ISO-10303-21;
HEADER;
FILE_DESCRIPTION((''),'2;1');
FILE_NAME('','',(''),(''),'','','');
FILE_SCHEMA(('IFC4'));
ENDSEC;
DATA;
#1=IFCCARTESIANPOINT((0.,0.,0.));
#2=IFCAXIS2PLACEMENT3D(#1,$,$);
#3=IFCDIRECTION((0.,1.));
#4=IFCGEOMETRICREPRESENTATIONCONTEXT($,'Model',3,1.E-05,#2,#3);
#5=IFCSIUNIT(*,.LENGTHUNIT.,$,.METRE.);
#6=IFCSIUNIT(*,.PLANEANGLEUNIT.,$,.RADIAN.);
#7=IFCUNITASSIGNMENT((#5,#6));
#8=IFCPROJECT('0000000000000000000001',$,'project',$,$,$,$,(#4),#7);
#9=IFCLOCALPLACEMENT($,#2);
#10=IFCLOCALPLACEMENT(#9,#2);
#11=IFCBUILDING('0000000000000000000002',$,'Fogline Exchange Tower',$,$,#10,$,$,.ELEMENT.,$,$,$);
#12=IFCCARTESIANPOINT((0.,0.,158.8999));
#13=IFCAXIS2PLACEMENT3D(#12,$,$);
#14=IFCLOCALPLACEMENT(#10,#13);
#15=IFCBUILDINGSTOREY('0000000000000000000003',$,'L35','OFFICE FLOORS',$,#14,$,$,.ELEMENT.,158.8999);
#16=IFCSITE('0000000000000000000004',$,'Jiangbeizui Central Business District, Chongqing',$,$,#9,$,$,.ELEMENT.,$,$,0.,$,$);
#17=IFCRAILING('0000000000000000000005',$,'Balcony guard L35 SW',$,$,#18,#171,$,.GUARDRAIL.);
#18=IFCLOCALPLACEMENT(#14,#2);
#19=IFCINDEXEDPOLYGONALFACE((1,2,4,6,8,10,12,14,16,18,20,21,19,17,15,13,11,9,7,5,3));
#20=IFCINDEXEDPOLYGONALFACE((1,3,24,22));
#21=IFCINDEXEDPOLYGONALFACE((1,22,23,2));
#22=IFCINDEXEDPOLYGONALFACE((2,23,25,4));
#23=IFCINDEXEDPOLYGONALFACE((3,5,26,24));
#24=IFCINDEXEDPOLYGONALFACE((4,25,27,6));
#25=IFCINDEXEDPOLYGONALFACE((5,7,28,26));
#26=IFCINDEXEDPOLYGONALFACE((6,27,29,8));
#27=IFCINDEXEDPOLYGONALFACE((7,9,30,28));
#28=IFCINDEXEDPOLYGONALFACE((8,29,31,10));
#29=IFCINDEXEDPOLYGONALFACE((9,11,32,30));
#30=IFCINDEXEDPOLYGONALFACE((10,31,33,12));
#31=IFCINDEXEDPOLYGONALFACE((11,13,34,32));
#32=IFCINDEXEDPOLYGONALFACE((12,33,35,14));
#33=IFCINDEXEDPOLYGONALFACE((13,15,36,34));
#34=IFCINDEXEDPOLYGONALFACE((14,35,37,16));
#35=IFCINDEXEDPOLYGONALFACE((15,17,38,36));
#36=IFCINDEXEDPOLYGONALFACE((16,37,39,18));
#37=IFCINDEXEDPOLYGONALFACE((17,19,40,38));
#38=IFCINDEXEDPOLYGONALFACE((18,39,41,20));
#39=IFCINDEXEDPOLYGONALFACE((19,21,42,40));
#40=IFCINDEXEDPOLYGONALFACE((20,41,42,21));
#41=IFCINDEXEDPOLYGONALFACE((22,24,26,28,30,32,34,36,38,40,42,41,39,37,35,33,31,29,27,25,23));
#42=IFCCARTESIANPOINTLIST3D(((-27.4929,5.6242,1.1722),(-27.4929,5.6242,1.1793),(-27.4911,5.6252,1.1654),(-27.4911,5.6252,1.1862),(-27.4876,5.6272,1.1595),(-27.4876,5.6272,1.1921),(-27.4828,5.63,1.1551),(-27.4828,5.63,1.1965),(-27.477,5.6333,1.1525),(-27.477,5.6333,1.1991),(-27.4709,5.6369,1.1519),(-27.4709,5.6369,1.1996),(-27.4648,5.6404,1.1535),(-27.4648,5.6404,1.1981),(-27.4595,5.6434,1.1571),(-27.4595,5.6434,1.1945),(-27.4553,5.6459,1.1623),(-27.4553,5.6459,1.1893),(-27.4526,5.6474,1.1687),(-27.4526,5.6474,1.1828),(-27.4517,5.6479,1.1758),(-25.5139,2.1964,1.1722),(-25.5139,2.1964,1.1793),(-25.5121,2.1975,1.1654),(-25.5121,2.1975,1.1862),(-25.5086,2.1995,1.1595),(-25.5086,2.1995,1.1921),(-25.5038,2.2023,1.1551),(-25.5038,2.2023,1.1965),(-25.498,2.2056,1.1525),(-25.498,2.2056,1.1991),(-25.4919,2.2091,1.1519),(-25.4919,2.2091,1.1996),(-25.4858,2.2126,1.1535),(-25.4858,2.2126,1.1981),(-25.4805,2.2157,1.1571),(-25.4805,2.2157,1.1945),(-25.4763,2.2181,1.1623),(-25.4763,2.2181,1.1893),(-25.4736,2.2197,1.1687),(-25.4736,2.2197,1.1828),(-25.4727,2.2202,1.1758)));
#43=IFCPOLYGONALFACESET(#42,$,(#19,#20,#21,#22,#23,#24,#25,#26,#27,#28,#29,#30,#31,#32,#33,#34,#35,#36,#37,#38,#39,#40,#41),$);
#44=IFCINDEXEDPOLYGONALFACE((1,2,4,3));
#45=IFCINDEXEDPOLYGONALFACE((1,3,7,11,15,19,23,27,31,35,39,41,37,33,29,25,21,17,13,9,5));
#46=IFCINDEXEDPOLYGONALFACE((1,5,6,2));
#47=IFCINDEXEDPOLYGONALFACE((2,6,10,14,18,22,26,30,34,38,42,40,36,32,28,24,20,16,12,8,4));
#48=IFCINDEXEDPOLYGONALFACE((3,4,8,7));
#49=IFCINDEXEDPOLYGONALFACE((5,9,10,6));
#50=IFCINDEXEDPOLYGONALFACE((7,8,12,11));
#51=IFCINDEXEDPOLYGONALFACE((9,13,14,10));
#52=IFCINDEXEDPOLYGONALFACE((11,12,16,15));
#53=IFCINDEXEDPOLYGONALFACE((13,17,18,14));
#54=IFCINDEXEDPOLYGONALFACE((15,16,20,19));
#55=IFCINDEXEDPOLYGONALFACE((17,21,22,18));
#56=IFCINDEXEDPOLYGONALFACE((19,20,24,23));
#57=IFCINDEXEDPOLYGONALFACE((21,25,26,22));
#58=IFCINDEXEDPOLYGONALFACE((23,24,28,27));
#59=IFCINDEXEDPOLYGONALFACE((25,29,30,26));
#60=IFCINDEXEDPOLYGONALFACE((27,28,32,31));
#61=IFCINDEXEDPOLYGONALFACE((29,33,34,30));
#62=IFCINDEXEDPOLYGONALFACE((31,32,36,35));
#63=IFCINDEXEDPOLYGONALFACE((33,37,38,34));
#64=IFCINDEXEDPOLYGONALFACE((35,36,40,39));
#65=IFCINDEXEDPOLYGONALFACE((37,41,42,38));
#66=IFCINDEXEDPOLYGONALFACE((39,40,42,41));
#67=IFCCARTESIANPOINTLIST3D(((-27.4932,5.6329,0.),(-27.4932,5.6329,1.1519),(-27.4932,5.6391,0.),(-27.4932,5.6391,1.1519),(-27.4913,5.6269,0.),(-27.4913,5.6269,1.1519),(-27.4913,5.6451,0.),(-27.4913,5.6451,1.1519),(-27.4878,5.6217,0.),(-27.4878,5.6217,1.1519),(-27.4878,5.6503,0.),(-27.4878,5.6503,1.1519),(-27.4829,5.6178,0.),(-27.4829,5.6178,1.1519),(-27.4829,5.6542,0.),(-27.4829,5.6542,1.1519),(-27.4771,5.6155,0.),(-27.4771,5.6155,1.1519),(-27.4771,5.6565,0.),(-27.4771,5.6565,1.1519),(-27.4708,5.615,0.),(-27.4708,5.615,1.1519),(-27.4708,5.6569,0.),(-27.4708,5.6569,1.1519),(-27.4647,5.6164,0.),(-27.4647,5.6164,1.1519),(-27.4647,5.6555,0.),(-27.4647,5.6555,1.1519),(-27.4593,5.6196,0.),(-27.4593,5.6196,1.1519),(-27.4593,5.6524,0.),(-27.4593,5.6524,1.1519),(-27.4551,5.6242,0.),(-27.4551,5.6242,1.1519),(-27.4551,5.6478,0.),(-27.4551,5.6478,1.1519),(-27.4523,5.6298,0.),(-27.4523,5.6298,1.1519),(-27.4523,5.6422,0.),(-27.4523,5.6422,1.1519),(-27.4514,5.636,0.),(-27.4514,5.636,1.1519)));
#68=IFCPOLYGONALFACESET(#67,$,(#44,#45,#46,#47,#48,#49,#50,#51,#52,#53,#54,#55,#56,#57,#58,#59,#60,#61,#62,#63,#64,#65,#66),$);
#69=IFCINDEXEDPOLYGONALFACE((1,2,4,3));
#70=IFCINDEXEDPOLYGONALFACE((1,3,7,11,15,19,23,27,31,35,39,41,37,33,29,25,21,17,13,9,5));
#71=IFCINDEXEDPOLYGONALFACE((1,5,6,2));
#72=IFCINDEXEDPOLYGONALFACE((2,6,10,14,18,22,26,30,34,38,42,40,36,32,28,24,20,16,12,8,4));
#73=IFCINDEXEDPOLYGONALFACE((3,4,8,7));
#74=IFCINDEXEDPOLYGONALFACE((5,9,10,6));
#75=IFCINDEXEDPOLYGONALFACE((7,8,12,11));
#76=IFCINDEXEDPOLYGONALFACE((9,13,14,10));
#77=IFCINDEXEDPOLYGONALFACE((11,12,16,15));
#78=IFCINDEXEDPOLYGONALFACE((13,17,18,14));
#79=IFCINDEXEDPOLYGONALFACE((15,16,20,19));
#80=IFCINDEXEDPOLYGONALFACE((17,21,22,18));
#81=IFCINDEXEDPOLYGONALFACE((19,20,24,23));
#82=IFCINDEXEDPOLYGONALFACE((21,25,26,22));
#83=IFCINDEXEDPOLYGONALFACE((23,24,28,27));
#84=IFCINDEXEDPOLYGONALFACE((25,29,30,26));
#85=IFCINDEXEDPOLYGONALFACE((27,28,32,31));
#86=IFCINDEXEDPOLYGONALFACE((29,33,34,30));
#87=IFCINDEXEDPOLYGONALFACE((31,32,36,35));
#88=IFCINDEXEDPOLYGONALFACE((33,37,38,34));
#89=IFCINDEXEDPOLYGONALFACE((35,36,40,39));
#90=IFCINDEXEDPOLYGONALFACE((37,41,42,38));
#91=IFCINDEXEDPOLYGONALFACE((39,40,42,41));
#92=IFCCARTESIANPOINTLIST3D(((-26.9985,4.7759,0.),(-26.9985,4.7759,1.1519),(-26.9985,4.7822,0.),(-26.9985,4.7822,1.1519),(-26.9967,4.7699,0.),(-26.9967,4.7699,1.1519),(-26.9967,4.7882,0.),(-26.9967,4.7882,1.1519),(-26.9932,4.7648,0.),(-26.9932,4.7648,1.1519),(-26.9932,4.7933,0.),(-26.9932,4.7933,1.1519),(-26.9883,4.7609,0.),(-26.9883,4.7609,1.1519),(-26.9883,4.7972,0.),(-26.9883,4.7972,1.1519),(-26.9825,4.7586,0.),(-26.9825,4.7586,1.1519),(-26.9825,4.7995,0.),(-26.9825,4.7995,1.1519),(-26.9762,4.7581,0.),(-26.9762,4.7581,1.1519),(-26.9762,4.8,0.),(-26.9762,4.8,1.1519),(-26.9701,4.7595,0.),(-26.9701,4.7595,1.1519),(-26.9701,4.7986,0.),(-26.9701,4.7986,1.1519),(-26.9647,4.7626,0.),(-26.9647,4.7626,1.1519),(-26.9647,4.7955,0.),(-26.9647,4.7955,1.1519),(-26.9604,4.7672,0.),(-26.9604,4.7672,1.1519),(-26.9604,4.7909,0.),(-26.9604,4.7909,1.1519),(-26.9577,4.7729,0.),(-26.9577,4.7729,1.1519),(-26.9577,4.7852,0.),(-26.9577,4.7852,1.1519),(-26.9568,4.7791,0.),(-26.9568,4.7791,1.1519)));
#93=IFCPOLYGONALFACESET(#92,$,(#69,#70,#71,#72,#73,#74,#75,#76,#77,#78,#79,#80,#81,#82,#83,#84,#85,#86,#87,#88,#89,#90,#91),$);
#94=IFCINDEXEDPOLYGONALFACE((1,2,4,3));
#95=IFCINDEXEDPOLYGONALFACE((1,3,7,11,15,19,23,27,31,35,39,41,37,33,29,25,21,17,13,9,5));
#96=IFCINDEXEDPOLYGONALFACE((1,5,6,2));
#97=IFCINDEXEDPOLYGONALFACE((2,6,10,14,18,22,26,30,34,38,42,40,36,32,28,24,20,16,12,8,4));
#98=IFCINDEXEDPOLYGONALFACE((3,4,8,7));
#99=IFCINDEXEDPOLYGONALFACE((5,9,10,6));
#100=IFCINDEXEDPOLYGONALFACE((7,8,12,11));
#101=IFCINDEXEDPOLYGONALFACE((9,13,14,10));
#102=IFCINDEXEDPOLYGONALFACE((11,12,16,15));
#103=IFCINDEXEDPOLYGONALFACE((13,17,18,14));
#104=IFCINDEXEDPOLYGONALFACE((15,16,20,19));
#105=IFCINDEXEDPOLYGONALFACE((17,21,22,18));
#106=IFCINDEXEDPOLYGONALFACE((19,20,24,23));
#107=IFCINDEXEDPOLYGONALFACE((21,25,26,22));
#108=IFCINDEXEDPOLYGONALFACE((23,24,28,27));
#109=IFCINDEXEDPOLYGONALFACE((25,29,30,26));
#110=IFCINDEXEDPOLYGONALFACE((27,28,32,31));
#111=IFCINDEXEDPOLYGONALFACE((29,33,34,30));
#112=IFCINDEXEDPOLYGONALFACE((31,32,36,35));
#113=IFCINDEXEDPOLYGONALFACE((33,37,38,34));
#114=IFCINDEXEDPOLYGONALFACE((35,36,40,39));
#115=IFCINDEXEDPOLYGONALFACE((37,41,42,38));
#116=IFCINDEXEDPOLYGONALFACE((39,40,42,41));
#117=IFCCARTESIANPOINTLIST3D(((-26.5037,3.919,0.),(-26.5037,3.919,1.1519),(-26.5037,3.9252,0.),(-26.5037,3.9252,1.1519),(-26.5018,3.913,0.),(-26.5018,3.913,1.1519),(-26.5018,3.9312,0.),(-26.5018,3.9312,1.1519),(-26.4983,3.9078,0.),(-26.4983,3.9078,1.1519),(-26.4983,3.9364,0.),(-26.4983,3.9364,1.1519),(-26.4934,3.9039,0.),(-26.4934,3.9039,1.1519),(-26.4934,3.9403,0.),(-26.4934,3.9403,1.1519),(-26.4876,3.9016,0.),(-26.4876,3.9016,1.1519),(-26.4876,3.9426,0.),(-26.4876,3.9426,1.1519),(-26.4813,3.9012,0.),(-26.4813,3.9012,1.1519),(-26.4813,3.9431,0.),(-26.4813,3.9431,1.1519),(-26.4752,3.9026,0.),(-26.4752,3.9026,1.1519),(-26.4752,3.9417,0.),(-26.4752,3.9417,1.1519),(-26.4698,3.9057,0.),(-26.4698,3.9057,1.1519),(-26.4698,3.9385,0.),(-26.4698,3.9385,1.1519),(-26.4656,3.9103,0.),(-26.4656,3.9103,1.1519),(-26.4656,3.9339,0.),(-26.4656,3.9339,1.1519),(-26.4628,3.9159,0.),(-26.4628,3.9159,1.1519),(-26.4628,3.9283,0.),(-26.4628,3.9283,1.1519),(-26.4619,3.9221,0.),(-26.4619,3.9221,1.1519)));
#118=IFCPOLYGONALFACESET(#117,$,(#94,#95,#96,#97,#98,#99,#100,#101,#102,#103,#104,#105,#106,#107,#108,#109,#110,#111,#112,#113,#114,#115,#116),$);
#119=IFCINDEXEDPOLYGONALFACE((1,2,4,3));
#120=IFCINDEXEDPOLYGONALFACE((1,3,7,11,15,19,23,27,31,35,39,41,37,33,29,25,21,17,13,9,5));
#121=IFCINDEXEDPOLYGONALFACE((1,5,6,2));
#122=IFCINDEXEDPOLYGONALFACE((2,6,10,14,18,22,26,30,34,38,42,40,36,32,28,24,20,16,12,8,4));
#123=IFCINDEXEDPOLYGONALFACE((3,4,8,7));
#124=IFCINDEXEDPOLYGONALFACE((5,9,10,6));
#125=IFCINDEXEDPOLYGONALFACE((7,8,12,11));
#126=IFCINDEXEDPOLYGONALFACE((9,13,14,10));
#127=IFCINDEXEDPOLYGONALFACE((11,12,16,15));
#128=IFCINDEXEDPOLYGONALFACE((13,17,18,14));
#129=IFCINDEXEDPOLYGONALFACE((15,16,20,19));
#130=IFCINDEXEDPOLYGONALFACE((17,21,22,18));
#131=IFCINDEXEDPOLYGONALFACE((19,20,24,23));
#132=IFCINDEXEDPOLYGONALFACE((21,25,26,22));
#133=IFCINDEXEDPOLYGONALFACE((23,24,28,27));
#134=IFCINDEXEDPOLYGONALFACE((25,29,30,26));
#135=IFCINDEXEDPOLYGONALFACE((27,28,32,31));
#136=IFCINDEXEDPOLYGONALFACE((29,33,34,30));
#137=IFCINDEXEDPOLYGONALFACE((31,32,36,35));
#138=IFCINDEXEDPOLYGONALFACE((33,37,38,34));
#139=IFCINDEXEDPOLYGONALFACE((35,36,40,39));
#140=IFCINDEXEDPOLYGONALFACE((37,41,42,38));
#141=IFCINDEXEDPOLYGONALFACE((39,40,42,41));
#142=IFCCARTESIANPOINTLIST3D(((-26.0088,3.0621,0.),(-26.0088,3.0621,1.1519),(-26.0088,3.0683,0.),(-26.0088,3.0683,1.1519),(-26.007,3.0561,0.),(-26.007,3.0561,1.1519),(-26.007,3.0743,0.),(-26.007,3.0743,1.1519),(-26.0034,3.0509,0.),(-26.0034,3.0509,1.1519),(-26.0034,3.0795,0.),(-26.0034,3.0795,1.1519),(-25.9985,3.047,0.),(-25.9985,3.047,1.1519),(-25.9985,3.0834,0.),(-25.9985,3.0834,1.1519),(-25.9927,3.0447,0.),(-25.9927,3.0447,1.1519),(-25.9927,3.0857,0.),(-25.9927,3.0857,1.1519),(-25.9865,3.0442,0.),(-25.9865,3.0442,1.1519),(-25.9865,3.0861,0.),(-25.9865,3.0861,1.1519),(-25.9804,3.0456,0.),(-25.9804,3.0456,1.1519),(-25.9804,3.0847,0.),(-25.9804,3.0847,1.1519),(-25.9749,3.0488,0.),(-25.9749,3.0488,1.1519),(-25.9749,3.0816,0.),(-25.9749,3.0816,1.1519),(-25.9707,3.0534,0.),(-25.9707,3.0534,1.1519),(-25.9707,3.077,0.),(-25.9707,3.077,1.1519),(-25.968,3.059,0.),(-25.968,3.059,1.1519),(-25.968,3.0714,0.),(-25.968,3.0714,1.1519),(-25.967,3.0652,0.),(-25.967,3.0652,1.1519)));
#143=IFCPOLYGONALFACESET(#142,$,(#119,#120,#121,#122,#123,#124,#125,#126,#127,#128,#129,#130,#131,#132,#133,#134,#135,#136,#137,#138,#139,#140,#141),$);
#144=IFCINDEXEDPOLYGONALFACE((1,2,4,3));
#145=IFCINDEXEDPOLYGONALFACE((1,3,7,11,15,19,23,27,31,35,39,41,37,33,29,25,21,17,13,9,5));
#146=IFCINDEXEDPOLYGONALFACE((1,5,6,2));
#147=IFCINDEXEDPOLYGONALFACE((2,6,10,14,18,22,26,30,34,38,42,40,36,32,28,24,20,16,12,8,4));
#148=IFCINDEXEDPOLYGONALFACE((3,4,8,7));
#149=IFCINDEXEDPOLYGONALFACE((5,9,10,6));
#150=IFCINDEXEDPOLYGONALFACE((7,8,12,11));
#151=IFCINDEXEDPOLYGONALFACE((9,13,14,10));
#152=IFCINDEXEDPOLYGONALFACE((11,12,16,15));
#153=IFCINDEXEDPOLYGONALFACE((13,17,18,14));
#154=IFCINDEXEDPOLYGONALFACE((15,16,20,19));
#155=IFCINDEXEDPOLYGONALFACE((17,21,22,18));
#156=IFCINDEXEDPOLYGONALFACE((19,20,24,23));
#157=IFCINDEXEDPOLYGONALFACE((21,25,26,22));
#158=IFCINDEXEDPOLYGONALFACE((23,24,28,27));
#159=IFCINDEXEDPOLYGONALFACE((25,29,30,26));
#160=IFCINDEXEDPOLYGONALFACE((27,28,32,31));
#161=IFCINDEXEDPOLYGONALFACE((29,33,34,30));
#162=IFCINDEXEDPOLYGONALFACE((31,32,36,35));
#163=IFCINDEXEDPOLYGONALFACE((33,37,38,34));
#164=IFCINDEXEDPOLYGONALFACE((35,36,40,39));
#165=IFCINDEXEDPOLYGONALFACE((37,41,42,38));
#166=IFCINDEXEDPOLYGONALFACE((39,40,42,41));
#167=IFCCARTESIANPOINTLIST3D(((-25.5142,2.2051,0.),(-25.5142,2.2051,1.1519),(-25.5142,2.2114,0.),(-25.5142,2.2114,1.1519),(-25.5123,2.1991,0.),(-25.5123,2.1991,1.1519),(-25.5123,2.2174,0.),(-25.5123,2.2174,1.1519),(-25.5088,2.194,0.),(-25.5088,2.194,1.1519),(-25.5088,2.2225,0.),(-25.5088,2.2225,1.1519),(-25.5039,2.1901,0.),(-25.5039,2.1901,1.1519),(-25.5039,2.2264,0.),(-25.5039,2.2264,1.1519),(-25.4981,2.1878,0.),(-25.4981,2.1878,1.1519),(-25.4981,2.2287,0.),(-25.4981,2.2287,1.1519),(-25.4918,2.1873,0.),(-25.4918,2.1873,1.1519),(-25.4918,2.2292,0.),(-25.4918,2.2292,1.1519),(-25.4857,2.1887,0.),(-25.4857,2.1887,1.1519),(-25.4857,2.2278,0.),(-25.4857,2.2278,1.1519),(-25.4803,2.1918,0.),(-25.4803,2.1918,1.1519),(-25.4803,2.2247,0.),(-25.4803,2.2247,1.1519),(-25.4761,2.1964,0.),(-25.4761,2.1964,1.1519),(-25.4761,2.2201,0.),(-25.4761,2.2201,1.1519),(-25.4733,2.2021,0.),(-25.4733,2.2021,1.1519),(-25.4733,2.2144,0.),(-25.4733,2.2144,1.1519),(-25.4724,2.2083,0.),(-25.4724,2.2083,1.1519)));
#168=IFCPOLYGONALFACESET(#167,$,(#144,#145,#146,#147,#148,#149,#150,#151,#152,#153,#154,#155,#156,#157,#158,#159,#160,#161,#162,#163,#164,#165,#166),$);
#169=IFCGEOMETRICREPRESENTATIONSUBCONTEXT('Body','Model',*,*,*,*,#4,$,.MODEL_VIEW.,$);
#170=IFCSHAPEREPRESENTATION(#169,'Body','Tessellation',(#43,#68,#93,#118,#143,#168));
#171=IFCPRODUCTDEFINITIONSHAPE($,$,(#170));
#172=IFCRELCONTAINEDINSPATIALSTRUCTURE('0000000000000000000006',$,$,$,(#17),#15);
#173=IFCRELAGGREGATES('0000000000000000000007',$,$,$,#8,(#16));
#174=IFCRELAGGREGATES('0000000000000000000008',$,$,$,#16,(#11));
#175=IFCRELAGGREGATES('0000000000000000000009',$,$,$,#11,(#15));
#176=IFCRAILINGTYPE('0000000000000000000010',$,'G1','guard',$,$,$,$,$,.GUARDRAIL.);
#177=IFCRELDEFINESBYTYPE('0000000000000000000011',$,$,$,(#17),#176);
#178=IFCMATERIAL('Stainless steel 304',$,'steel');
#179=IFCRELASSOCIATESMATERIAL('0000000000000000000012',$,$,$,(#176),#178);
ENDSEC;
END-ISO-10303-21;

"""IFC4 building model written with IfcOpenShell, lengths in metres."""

from ifc_helpers import new_model, si_unit, direction, frame, origin, origin_2d, place, context, subcontext, project, spatial, circle, extrude, material, type_object, element, save


model = new_model("IFC4")

# Units and contexts
model_context = context("Model", 3, precision=1e-05, world=origin(), true_north=direction((0.0, 1.0)))
body_context = subcontext(model_context, "Body", "Model", "MODEL_VIEW")
ifc_project = project(units=[si_unit("LENGTHUNIT", "METRE"), si_unit("PLANEANGLEUNIT", "RADIAN")], contexts=[model_context])

# Site, building, storey
site_placement = place(None, origin())
site = spatial("IfcSite", under=ifc_project, at=site_placement, Name="Jiangbeizui Central Business District, Chongqing", CompositionType="ELEMENT", RefElevation=0.0)
building_placement = place(site_placement, origin())
building = spatial("IfcBuilding", under=site, at=building_placement, Name="Fogline Exchange Tower", CompositionType="ELEMENT")
storey_placement = place(building_placement, frame((0.0, 0.0, 158.8999)))
storey = spatial("IfcBuildingStorey", under=building, at=storey_placement, Name="L35", Description="OFFICE FLOORS", CompositionType="ELEMENT", Elevation=158.8999)

# Railing
ifc_material_1 = material(Name="Stainless steel 304", Category="steel")
railing_type = type_object("IfcRailingType", Name="G1", Description="guard", PredefinedType="GUARDRAIL", material=ifc_material_1)
railing_placement = place(storey_placement, frame((-27.4724, 5.636, 0.0)))
element("IfcRailing", 1, at=railing_placement, inside=storey, type_object=railing_type, Name="Balcony guard L35 SW", PredefinedType="GUARDRAIL", context=body_context, shape_type="SweptSolid", body=[
    extrude(circle(Radius=0.0239, at=origin_2d()), frame((0.0, 0.0, 1.1758), z_axis=(0.5, -0.866025, 0.0), x_axis=(0.866025, 0.5, 0.0)), (0.0, 0.0, 1.0), 3.958),
    extrude(circle(Radius=0.021, at=origin_2d()), origin(), (0.0, 0.0, 1.0), 1.1519),
    extrude(circle(Radius=0.021, at=origin_2d()), frame((0.4946, -0.8569, 0.0)), (0.0, 0.0, 1.0), 1.1519),
    extrude(circle(Radius=0.021, at=origin_2d()), frame((0.9895, -1.7139, 0.0)), (0.0, 0.0, 1.0), 1.1519),
    extrude(circle(Radius=0.021, at=origin_2d()), frame((1.4844, -2.5708, 0.0)), (0.0, 0.0, 1.0), 1.1519),
    extrude(circle(Radius=0.021, at=origin_2d()), frame((1.979, -3.4277, 0.0)), (0.0, 0.0, 1.0), 1.1519),
])

save(model, "model.ifc")
